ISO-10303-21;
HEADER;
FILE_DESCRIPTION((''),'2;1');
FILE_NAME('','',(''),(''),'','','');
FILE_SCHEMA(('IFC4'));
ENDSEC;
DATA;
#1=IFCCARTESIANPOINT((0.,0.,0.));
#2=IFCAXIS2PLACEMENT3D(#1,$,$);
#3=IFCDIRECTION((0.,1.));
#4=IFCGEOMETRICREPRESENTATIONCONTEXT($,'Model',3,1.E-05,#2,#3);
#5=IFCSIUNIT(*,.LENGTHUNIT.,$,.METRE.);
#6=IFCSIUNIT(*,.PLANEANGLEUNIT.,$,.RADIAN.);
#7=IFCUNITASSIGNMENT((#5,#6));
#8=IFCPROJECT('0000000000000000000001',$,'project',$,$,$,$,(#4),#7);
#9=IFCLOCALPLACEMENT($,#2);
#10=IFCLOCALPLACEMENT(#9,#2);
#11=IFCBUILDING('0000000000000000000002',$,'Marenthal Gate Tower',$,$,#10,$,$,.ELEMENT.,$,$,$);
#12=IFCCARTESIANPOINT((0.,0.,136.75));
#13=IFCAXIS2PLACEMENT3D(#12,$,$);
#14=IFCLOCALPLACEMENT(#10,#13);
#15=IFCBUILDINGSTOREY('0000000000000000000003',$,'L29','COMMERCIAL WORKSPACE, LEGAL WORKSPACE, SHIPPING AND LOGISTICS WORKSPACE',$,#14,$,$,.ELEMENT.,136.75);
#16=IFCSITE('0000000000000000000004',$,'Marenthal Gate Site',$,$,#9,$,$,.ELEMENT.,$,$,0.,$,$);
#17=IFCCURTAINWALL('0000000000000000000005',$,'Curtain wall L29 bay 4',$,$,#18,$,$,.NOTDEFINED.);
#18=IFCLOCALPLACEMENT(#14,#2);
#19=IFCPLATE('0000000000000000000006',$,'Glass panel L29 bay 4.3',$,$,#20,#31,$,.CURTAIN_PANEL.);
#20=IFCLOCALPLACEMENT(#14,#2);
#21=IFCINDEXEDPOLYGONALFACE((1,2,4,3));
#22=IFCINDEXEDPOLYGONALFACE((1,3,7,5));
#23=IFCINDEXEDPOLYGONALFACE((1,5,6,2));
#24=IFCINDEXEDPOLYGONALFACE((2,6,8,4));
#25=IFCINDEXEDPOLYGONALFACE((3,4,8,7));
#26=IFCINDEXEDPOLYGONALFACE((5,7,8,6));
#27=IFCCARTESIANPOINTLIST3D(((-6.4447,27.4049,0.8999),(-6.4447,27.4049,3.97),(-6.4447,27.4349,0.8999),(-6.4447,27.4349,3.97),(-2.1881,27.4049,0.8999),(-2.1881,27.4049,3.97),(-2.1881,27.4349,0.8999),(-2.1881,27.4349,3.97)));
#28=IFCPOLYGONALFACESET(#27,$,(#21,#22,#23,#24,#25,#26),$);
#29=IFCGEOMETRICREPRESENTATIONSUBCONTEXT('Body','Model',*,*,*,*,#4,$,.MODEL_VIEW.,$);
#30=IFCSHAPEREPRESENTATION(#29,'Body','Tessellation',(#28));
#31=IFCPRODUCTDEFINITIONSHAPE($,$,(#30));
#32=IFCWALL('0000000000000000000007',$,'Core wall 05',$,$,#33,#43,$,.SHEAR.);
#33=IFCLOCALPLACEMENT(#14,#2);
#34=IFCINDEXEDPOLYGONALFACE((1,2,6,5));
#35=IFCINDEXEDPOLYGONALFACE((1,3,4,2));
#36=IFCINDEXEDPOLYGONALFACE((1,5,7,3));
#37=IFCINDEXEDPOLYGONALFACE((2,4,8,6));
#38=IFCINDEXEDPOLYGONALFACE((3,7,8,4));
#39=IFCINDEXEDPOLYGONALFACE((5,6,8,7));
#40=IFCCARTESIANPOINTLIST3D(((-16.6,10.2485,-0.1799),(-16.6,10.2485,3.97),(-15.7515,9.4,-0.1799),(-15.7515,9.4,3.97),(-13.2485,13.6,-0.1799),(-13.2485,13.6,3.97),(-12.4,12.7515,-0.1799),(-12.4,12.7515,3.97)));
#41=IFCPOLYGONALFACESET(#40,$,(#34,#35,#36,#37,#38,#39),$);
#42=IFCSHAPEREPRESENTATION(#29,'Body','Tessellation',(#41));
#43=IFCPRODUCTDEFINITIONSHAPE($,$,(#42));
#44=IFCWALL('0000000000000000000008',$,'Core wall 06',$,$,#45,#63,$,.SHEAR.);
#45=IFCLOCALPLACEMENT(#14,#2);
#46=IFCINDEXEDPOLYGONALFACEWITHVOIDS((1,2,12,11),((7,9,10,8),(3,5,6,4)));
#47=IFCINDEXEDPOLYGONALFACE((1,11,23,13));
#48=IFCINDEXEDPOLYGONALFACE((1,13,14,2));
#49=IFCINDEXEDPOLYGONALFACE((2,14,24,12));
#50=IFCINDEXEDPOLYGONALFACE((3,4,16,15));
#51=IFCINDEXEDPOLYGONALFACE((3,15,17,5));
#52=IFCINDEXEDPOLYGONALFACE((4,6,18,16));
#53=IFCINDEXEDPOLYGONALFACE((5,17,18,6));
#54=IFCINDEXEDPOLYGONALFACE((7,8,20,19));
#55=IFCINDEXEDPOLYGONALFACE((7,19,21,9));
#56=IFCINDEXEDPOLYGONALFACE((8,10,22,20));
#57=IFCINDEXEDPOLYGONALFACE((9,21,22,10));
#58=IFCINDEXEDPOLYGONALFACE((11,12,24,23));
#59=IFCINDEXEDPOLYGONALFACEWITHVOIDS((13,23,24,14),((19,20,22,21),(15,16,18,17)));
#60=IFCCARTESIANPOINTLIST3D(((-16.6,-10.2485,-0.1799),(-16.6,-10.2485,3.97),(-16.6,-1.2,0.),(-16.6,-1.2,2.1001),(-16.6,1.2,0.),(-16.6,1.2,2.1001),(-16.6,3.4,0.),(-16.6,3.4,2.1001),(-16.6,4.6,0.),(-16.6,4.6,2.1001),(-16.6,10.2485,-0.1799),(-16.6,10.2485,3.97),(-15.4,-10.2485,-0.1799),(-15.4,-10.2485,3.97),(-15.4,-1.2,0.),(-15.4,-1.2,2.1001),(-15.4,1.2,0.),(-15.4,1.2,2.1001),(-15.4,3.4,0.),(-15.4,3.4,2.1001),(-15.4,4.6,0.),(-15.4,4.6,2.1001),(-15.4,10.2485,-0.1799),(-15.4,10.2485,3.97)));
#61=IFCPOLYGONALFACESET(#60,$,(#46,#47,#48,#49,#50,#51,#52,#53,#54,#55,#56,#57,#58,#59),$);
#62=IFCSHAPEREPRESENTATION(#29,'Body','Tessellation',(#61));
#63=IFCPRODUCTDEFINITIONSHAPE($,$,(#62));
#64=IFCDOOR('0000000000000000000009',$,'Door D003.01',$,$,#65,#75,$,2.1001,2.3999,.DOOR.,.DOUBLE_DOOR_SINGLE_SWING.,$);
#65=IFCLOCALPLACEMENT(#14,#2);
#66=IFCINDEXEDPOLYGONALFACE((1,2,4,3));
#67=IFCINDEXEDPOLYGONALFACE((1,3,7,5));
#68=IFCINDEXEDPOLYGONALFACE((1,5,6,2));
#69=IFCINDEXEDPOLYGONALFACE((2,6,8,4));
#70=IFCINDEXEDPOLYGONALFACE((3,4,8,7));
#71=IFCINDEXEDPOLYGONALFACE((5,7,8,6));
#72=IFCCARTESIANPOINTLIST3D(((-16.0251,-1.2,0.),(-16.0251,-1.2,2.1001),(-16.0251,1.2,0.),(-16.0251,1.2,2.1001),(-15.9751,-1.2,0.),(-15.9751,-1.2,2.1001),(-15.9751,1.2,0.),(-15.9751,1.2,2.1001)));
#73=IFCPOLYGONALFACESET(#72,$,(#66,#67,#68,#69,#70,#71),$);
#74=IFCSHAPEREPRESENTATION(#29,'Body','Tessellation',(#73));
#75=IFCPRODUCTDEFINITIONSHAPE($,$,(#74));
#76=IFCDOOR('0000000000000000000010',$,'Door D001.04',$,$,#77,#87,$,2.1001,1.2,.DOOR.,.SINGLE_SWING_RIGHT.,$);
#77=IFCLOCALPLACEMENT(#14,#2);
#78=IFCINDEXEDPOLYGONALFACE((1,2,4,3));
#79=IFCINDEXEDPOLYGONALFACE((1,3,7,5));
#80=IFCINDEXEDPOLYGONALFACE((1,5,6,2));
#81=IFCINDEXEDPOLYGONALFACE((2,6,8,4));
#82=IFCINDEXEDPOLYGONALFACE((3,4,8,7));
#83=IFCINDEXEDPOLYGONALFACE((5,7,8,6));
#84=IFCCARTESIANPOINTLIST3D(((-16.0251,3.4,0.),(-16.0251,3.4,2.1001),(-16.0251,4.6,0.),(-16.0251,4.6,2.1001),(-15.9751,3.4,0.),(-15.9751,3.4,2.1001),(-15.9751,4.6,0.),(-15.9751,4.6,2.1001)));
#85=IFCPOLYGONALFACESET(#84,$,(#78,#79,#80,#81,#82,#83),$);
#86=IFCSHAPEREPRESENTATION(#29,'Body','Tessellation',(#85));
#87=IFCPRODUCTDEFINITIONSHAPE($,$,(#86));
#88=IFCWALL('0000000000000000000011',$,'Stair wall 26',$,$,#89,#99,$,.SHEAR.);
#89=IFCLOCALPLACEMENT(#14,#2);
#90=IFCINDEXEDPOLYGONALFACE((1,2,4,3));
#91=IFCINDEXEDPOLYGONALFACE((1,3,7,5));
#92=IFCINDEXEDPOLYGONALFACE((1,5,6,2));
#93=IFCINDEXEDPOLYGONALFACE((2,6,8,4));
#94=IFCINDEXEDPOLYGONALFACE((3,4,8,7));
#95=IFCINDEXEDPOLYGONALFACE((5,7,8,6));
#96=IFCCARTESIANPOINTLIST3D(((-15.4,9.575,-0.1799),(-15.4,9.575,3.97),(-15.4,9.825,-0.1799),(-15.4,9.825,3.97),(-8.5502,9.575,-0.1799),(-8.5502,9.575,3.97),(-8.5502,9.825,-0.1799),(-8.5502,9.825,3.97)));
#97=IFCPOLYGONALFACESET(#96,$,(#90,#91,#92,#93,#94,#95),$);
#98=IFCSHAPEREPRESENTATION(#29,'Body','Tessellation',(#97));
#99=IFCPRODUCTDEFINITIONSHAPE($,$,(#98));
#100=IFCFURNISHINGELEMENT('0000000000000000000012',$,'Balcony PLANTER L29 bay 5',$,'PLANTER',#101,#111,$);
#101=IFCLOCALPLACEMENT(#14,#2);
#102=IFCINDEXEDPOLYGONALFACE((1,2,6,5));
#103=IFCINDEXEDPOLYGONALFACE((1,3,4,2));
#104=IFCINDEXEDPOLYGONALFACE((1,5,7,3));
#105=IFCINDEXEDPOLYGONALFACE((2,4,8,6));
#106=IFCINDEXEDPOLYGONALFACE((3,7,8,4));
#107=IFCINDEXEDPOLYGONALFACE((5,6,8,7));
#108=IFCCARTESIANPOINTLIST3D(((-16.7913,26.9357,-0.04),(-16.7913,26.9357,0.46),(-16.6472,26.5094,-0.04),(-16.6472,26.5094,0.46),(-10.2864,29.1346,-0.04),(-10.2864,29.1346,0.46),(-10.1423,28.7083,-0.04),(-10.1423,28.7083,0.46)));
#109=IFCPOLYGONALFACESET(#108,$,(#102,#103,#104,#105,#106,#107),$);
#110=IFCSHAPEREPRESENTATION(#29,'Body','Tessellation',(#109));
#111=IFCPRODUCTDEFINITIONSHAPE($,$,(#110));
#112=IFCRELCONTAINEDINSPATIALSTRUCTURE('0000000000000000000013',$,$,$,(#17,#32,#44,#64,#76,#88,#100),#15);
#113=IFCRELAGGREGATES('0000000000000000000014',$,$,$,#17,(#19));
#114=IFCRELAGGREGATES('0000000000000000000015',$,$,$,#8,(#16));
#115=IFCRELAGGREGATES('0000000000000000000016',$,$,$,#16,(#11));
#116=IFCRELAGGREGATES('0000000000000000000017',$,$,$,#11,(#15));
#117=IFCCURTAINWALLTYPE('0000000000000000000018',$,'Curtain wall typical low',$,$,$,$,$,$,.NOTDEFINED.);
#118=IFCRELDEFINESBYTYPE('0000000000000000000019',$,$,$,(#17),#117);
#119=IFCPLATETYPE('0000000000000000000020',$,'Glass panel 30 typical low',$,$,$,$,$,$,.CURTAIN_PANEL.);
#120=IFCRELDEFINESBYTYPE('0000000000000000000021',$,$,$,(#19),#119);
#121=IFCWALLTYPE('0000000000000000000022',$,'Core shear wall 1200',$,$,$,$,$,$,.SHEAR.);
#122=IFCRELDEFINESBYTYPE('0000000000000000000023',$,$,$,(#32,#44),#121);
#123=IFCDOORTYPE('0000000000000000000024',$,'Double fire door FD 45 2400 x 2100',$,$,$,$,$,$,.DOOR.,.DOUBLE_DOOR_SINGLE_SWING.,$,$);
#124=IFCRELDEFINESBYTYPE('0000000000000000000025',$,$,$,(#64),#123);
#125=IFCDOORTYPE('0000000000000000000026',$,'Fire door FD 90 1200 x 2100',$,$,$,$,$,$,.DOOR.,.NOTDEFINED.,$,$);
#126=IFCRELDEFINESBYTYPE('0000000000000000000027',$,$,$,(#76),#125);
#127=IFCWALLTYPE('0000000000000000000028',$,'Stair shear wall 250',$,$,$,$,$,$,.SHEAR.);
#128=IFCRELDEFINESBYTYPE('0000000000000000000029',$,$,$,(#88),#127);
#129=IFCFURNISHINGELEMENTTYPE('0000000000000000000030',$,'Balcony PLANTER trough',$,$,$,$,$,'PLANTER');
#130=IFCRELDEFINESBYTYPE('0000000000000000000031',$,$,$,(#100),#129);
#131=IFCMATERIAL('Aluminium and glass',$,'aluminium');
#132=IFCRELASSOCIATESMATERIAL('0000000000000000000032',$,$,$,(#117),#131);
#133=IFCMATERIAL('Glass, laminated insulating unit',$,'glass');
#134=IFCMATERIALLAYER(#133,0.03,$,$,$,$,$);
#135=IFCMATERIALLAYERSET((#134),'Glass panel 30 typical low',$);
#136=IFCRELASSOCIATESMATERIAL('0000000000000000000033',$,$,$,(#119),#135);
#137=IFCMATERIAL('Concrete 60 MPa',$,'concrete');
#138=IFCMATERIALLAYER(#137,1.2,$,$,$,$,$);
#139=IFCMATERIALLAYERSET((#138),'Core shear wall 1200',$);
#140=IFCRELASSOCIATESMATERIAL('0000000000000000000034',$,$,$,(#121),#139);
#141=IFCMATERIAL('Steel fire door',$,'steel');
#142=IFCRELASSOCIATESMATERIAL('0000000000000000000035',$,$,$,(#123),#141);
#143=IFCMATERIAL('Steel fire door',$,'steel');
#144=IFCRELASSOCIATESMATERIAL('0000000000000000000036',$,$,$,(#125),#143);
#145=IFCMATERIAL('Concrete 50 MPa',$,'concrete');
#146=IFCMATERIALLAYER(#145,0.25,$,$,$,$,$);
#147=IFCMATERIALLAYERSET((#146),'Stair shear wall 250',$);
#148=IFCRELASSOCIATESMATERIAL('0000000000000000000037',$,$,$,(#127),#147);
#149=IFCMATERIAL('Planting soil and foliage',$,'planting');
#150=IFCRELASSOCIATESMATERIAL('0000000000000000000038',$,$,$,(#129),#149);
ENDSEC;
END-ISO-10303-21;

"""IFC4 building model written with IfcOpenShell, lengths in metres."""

from ifc_helpers import new_model, si_unit, direction, frame, frame_2d, origin, origin_2d, place, context, subcontext, project, spatial, rectangle, extrude, material, layer, layer_set, type_object, element, fill, aggregate, save


model = new_model("IFC4")

# Units and contexts
model_context = context("Model", 3, precision=1e-05, world=origin(), true_north=direction((0.0, 1.0)))
body_context = subcontext(model_context, "Body", "Model", "MODEL_VIEW")
ifc_project = project(units=[si_unit("LENGTHUNIT", "METRE"), si_unit("PLANEANGLEUNIT", "RADIAN")], contexts=[model_context])

# Site, building, storey
site_placement = place(None, origin())
site = spatial("IfcSite", under=ifc_project, at=site_placement, Name="Marenthal Gate Site", CompositionType="ELEMENT", RefElevation=0.0)
building_placement = place(site_placement, origin())
building = spatial("IfcBuilding", under=site, at=building_placement, Name="Marenthal Gate Tower", CompositionType="ELEMENT")
storey_placement = place(building_placement, frame((0.0, 0.0, 136.75)))
storey = spatial("IfcBuildingStorey", under=building, at=storey_placement, Name="L29", Description="COMMERCIAL WORKSPACE, LEGAL WORKSPACE, SHIPPING AND LOGISTICS WORKSPACE", CompositionType="ELEMENT", Elevation=136.75)

# Curtain wall
ifc_material_1 = material(Name="Aluminium and glass", Category="aluminium")
curtain_wall_type = type_object("IfcCurtainWallType", Name="Curtain wall typical low", PredefinedType="NOTDEFINED", material=ifc_material_1)
curtain_wall_placement = place(storey_placement, origin())
curtain_wall = element("IfcCurtainWall", 1, at=curtain_wall_placement, inside=storey, type_object=curtain_wall_type, Name="Curtain wall L29 bay 4", PredefinedType="NOTDEFINED")

# Plate
ifc_material_2 = material(Name="Glass, laminated insulating unit", Category="glass")
ifc_layer_1 = layer(ifc_material_2, 0.03)
ifc_layer_set_1 = layer_set([ifc_layer_1], Name="Glass panel 30 typical low")
plate_type = type_object("IfcPlateType", Name="Glass panel 30 typical low", PredefinedType="CURTAIN_PANEL", material=ifc_layer_set_1)
plate_placement = place(storey_placement, frame((-4.3164, 27.4199, 0.8999), z_axis=(0.0, 0.0, 1.0), x_axis=(-1.0, 0.0, 0.0)))
plate = element("IfcPlate", 2, at=plate_placement, type_object=plate_type, Name="Glass panel L29 bay 4.3", PredefinedType="CURTAIN_PANEL", context=body_context, shape_type="SweptSolid", body=[
    extrude(rectangle(XDim=4.2566, YDim=0.03, at=origin_2d()), origin(), (0.0, 0.0, 1.0), 3.0701),
])
aggregate(curtain_wall, [plate])

# Wall
ifc_material_3 = material(Name="Concrete 60 MPa", Category="concrete")
ifc_layer_2 = layer(ifc_material_3, 1.2)
ifc_layer_set_2 = layer_set([ifc_layer_2], Name="Core shear wall 1200")
wall_type_1 = type_object("IfcWallType", Name="Core shear wall 1200", PredefinedType="SHEAR", material=ifc_layer_set_2)
wall_1_placement = place(storey_placement, frame((-12.8242, 13.1758, -0.1799), z_axis=(0.0, 0.0, 1.0), x_axis=(-0.707107, -0.707107, 0.0)))
element("IfcWall", 3, at=wall_1_placement, inside=storey, type_object=wall_type_1, Name="Core wall 05", PredefinedType="SHEAR", context=body_context, shape_type="SweptSolid", body=[
    extrude(rectangle(XDim=4.7397, YDim=1.2, at=frame_2d((2.3699, 0.0))), origin(), (0.0, 0.0, 1.0), 4.1499),
])

# Wall, openings, doors
wall_2_placement = place(storey_placement, frame((-16.0, 10.2485, -0.1799), z_axis=(0.0, 0.0, 1.0), x_axis=(0.0, -1.0, 0.0)))
wall_2 = element("IfcWall", 4, at=wall_2_placement, inside=storey, type_object=wall_type_1, Name="Core wall 06", PredefinedType="SHEAR", context=body_context, shape_type="SweptSolid", body=[
    extrude(rectangle(XDim=20.4971, YDim=1.2, at=frame_2d((10.2485, 0.0))), origin(), (0.0, 0.0, 1.0), 4.1499),
])
opening_1_placement = place(wall_2_placement, frame((9.0486, 0.0, 0.1799)))
opening_1 = element("IfcOpeningElement", 5, at=opening_1_placement, cuts=wall_2, PredefinedType="OPENING", context=body_context, shape_type="SweptSolid", body=[
    extrude(rectangle(XDim=2.3999, YDim=2.1001, at=frame_2d((1.2, 1.05))), frame((0.0, 0.6099, 0.0), z_axis=(0.0, -1.0, 0.0), x_axis=(1.0, 0.0, 0.0)), (0.0, 0.0, 1.0), 1.22),
])
opening_2_placement = place(wall_2_placement, frame((5.6484, 0.0, 0.1799)))
opening_2 = element("IfcOpeningElement", 6, at=opening_2_placement, cuts=wall_2, PredefinedType="OPENING", context=body_context, shape_type="SweptSolid", body=[
    extrude(rectangle(XDim=1.2, YDim=2.1001, at=frame_2d((0.6001, 1.05))), frame((0.0, 0.6099, 0.0), z_axis=(0.0, -1.0, 0.0), x_axis=(1.0, 0.0, 0.0)), (0.0, 0.0, 1.0), 1.22),
])
ifc_material_4 = material(Name="Steel fire door", Category="steel")
door_type_1 = type_object("IfcDoorType", Name="Double fire door FD 45 2400 x 2100", OperationType="DOUBLE_DOOR_SINGLE_SWING", PredefinedType="DOOR", material=ifc_material_4)
door_1_placement = place(opening_1_placement, origin())
door_1 = element("IfcDoor", 7, at=door_1_placement, inside=storey, type_object=door_type_1, Name="Door D003.01", OperationType="DOUBLE_DOOR_SINGLE_SWING", OverallHeight=2.1001, OverallWidth=2.3999, PredefinedType="DOOR", context=body_context, shape_type="SweptSolid", body=[
    extrude(rectangle(XDim=2.3999, YDim=2.1001, at=frame_2d((1.2, 1.05))), frame((0.0, 0.0249, 0.0), z_axis=(0.0, -1.0, 0.0), x_axis=(1.0, 0.0, 0.0)), (0.0, 0.0, 1.0), 0.05),
])
fill(opening_1, door_1)
ifc_material_5 = material(Name="Steel fire door", Category="steel")
door_type_2 = type_object("IfcDoorType", Name="Fire door FD 90 1200 x 2100", OperationType="NOTDEFINED", PredefinedType="DOOR", material=ifc_material_5)
door_2_placement = place(opening_2_placement, origin())
door_2 = element("IfcDoor", 8, at=door_2_placement, inside=storey, type_object=door_type_2, Name="Door D001.04", OperationType="SINGLE_SWING_RIGHT", OverallHeight=2.1001, OverallWidth=1.2, PredefinedType="DOOR", context=body_context, shape_type="SweptSolid", body=[
    extrude(rectangle(XDim=1.2, YDim=2.1001, at=frame_2d((0.6001, 1.05))), frame((0.0, 0.0249, 0.0), z_axis=(0.0, -1.0, 0.0), x_axis=(1.0, 0.0, 0.0)), (0.0, 0.0, 1.0), 0.05),
])
fill(opening_2, door_2)

# Wall
ifc_material_6 = material(Name="Concrete 50 MPa", Category="concrete")
ifc_layer_3 = layer(ifc_material_6, 0.25)
ifc_layer_set_3 = layer_set([ifc_layer_3], Name="Stair shear wall 250")
wall_type_2 = type_object("IfcWallType", Name="Stair shear wall 250", PredefinedType="SHEAR", material=ifc_layer_set_3)
wall_3_placement = place(storey_placement, frame((-15.3999, 9.7, -0.1799), z_axis=(0.0, 0.0, 1.0), x_axis=(1.0, 0.0, 0.0)))
element("IfcWall", 9, at=wall_3_placement, inside=storey, type_object=wall_type_2, Name="Stair wall 26", PredefinedType="SHEAR", context=body_context, shape_type="SweptSolid", body=[
    extrude(rectangle(XDim=6.8499, YDim=0.25, at=frame_2d((3.4248, 0.0))), origin(), (0.0, 0.0, 1.0), 4.1499),
])

# Furnishing element
ifc_material_7 = material(Name="Planting soil and foliage", Category="planting")
furnishing_element_type = type_object("IfcFurnishingElementType", Name="Balcony PLANTER trough", ElementType="PLANTER", material=ifc_material_7)
furnishing_placement = place(storey_placement, frame((-13.4668, 27.822, -0.04), z_axis=(0.0, 0.0, 1.0), x_axis=(-0.947338, -0.320236, 0.0)))
element("IfcFurnishingElement", 10, at=furnishing_placement, inside=storey, type_object=furnishing_element_type, Name="Balcony PLANTER L29 bay 5", ObjectType="PLANTER", context=body_context, shape_type="SweptSolid", body=[
    extrude(rectangle(XDim=6.8665, YDim=0.45, at=origin_2d()), origin(), (0.0, 0.0, 1.0), 0.5),
])

save(model, "model.ifc")
